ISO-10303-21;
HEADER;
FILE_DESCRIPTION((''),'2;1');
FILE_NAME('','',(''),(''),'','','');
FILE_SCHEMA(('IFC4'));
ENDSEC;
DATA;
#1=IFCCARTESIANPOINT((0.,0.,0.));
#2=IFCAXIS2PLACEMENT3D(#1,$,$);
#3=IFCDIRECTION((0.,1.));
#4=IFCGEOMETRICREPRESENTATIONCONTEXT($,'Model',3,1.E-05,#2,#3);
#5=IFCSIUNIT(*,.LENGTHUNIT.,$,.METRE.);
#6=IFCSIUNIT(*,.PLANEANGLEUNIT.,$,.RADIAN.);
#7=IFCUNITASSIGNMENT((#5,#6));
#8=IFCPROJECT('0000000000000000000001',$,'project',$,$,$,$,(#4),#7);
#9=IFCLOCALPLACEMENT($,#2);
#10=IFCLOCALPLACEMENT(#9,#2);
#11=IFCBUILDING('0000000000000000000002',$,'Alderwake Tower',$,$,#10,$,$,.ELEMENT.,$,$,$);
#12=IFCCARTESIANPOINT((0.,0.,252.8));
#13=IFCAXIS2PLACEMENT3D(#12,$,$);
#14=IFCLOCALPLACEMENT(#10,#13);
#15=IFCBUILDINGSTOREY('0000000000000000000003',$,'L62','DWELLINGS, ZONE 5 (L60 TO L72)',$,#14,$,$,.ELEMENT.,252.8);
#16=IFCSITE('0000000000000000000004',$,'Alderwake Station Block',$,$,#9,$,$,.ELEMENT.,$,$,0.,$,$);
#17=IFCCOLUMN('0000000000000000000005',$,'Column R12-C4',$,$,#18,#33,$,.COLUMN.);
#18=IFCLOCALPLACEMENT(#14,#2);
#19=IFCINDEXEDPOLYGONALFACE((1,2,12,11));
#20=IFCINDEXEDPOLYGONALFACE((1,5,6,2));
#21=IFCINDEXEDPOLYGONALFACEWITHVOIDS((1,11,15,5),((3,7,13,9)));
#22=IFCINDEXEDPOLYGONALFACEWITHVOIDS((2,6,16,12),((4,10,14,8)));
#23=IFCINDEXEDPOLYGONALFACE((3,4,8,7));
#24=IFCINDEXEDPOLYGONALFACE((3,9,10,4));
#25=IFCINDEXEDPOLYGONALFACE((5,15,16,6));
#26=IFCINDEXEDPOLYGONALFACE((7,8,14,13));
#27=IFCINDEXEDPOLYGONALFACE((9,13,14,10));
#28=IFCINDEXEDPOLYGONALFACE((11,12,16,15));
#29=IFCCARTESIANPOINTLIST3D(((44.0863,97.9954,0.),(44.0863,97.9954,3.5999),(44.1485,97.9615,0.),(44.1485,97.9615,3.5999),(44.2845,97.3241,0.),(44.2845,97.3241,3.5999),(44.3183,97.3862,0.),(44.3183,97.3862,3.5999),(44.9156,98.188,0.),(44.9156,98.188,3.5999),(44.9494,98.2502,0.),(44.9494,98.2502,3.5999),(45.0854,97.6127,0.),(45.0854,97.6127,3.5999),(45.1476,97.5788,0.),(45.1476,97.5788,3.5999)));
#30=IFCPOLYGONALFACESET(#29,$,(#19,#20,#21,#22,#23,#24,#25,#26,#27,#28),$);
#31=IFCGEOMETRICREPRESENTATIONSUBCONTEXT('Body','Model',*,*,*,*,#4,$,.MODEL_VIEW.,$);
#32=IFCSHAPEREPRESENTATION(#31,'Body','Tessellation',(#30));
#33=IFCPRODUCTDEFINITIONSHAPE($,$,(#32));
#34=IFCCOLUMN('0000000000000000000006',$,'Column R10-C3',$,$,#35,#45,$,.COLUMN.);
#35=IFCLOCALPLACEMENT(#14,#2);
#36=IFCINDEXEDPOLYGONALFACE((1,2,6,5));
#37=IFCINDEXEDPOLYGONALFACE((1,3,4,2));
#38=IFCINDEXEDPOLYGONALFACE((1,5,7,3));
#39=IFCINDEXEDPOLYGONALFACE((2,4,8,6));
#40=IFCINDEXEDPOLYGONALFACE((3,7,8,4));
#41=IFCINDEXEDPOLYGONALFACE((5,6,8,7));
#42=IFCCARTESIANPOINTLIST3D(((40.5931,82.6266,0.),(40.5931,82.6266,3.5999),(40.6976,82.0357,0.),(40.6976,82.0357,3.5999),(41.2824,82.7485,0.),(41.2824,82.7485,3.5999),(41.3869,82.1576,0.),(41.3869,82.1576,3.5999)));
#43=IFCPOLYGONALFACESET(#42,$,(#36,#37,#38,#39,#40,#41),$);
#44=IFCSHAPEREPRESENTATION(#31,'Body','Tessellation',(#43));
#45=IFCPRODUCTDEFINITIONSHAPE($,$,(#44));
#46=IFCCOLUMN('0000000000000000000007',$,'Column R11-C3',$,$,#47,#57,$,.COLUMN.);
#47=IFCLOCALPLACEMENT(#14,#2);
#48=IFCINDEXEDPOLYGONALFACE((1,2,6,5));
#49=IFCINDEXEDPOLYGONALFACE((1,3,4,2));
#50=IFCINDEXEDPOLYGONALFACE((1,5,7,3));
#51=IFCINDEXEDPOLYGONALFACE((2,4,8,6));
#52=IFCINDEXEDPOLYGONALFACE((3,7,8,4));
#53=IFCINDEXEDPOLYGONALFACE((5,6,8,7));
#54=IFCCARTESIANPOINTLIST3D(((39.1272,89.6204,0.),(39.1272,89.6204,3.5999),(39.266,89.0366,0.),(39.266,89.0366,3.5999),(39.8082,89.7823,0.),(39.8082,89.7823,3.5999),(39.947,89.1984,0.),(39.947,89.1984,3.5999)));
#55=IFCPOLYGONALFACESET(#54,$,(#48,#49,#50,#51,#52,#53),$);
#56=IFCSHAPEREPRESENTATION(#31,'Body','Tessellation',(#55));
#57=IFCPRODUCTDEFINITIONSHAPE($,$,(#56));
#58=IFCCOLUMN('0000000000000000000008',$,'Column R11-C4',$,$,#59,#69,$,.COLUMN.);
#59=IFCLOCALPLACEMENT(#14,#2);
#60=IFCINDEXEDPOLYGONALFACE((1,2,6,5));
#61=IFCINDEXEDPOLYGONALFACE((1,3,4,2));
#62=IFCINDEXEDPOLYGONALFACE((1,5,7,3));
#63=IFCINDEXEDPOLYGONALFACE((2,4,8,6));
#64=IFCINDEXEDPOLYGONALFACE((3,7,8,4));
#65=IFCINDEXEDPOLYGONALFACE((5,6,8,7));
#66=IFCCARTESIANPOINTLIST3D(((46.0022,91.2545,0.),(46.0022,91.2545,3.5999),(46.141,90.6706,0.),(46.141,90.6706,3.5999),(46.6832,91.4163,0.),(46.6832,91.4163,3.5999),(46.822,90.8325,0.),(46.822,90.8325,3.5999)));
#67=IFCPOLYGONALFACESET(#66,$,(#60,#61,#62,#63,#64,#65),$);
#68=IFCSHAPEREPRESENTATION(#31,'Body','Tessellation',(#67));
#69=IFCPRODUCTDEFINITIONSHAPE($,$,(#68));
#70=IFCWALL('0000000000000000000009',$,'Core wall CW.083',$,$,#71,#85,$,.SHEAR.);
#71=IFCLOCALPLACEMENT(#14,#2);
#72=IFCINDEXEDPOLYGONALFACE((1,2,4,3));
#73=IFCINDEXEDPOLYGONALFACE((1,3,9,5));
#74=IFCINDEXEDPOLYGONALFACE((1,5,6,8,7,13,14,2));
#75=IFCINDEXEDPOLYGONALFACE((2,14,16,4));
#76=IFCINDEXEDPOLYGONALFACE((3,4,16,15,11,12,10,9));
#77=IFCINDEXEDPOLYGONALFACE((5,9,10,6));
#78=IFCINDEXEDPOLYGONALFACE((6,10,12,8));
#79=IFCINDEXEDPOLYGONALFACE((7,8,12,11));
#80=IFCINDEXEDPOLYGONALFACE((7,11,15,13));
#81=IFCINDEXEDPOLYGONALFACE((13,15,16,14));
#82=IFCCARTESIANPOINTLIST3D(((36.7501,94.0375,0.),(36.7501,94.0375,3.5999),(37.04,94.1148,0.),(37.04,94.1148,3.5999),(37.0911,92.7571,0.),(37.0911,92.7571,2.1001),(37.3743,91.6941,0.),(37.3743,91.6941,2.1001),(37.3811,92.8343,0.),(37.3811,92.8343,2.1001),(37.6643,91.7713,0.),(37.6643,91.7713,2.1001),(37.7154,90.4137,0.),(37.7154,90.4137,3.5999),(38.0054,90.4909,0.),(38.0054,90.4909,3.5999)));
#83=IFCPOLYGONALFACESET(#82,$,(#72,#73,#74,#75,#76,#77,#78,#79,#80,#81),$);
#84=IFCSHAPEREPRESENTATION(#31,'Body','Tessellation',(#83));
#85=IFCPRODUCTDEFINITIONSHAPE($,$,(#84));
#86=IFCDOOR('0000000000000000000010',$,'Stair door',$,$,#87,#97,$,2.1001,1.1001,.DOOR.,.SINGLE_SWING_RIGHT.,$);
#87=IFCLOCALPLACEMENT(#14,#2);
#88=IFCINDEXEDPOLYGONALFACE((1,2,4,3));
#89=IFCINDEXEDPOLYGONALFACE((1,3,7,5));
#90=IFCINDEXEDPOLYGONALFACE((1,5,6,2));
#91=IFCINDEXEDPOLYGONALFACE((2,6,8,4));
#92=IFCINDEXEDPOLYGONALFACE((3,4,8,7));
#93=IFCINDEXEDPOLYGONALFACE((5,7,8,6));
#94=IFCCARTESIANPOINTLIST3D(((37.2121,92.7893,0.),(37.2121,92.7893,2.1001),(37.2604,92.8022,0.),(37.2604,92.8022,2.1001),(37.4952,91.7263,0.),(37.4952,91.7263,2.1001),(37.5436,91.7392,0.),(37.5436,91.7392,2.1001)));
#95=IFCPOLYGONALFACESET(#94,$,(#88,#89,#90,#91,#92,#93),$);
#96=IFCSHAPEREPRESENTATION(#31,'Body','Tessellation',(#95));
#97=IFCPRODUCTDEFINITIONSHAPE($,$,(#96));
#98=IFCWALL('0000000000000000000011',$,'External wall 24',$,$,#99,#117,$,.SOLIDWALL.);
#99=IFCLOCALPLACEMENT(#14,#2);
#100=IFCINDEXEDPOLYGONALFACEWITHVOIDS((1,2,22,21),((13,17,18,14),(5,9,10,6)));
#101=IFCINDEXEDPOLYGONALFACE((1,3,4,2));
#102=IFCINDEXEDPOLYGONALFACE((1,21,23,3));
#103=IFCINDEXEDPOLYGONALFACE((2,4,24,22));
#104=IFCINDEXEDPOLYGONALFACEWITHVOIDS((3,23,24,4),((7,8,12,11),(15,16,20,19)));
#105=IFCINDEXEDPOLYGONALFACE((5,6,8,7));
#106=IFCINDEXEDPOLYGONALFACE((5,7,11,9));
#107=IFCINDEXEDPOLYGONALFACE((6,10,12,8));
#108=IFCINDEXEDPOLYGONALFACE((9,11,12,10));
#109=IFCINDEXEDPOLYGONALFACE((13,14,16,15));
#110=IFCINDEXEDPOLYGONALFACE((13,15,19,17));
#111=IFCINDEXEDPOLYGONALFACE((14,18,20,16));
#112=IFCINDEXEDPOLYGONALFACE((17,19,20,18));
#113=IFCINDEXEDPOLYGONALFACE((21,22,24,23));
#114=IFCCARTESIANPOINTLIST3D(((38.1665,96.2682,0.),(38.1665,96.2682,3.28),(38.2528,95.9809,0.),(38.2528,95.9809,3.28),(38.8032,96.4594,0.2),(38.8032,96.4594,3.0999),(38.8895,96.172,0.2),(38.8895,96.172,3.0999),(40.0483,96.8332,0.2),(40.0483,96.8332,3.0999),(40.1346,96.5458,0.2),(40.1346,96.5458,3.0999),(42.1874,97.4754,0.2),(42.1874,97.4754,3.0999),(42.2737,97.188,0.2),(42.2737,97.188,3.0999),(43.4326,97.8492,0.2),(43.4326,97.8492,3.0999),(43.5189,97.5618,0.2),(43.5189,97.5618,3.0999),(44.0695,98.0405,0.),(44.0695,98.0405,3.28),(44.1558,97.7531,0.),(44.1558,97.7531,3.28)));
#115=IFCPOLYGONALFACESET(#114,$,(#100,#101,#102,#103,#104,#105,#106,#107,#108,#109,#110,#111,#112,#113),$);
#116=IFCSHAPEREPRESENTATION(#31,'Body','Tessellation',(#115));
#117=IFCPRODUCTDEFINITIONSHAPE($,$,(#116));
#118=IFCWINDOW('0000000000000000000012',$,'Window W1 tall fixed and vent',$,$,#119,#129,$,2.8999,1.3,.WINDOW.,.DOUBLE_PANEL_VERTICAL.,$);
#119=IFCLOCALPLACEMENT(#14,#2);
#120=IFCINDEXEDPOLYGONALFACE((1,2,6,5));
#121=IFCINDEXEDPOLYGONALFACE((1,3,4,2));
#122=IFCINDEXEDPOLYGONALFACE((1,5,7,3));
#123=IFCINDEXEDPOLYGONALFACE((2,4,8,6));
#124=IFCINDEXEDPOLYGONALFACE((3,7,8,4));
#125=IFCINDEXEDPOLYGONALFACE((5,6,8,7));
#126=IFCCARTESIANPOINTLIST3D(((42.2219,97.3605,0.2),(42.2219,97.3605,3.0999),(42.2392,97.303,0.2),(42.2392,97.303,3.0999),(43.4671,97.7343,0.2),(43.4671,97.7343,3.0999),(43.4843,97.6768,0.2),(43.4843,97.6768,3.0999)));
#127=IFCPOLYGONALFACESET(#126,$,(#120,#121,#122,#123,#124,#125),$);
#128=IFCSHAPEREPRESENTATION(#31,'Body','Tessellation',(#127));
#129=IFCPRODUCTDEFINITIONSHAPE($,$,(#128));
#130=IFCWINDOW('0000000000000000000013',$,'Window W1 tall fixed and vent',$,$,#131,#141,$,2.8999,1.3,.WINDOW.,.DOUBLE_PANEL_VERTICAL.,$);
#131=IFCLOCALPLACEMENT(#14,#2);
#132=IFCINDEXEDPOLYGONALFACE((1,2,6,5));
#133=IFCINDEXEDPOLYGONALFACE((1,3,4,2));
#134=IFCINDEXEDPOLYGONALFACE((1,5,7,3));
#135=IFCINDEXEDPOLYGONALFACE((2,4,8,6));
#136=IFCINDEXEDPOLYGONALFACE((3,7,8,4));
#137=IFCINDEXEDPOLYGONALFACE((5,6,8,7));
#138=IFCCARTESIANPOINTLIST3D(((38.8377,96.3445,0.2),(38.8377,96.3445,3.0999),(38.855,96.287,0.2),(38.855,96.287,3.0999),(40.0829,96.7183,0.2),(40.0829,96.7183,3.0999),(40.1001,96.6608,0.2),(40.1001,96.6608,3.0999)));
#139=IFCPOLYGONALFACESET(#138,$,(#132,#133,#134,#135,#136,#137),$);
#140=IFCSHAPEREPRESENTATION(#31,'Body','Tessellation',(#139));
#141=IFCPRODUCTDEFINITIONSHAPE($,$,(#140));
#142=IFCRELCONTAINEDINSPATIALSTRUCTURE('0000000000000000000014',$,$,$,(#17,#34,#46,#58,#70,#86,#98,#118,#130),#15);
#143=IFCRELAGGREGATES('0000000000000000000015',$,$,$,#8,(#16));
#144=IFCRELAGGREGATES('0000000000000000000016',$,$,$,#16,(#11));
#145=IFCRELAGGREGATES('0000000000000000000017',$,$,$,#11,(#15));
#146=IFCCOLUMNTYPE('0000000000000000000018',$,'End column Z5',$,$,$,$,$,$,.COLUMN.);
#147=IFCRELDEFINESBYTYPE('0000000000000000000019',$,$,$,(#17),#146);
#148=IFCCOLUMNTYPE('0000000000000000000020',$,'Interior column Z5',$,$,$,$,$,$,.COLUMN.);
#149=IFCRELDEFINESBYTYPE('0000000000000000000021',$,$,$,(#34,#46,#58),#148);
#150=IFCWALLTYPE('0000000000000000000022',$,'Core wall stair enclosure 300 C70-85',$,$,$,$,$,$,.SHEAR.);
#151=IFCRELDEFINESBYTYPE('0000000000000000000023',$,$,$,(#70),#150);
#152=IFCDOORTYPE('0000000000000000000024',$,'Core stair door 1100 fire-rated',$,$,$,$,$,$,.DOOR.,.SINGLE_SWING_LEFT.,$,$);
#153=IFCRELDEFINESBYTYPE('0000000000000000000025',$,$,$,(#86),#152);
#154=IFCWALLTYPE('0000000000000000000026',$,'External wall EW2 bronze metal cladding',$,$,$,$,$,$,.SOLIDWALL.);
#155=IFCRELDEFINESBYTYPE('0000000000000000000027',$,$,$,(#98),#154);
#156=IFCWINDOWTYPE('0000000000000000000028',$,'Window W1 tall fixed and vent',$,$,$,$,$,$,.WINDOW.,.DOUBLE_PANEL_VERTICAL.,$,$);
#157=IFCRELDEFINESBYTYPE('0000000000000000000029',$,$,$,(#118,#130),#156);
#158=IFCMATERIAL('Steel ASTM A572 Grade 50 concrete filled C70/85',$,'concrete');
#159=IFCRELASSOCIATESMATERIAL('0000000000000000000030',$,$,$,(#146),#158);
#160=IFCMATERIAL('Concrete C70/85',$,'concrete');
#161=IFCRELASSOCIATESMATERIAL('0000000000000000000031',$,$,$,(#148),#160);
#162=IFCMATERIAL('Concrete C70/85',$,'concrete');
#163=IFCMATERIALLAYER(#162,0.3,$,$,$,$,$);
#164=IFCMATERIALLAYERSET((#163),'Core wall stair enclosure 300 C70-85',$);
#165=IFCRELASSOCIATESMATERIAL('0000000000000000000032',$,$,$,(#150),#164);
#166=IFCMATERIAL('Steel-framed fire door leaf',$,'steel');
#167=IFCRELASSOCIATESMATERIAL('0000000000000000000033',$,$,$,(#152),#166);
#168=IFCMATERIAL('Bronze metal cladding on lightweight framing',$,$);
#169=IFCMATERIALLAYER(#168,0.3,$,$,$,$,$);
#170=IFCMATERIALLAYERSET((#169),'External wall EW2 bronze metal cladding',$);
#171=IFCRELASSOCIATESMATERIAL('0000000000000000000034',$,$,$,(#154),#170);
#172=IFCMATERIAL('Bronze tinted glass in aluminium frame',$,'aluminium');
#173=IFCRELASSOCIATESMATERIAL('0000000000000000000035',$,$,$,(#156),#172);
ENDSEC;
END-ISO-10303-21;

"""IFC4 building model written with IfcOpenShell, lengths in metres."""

from ifc_helpers import new_model, si_unit, direction, frame, frame_2d, origin, origin_2d, place, context, subcontext, project, spatial, rectangle, hollow_rectangle, extrude, material, layer, layer_set, material_profile, profile_set, type_object, element, fill, save


model = new_model("IFC4")

# Units and contexts
model_context = context("Model", 3, precision=1e-05, world=origin(), true_north=direction((0.0, 1.0)))
body_context = subcontext(model_context, "Body", "Model", "MODEL_VIEW")
ifc_project = project(units=[si_unit("LENGTHUNIT", "METRE"), si_unit("PLANEANGLEUNIT", "RADIAN")], contexts=[model_context])

# Site, building, storey
site_placement = place(None, origin())
site = spatial("IfcSite", under=ifc_project, at=site_placement, Name="Alderwake Station Block", CompositionType="ELEMENT", RefElevation=0.0)
building_placement = place(site_placement, origin())
building = spatial("IfcBuilding", under=site, at=building_placement, Name="Alderwake Tower", CompositionType="ELEMENT")
storey_placement = place(building_placement, frame((0.0, 0.0, 252.8)))
storey = spatial("IfcBuildingStorey", under=building, at=storey_placement, Name="L62", Description="DWELLINGS, ZONE 5 (L60 TO L72)", CompositionType="ELEMENT", Elevation=252.8)

# Columns
ifc_material_1 = material(Name="Steel ASTM A572 Grade 50 concrete filled C70/85", Category="concrete")
ifc_material_profile_1 = material_profile(ifc_material_1, hollow_rectangle(XDim=0.7, YDim=0.8999, WallThickness=0.05, at=origin_2d()), Name="BOX 900X700X50")
ifc_profile_set_1 = profile_set([ifc_material_profile_1], Name="Steel ASTM A572 Grade 50 concrete filled C70/85")
column_type_1 = type_object("IfcColumnType", Name="End column Z5", PredefinedType="COLUMN", material=ifc_profile_set_1)
column_placement = place(storey_placement, frame((44.6169, 97.7871, 0.0), z_axis=(0.0, 0.0, 1.0), x_axis=(-0.283123, 0.959084, 0.0)))
element("IfcColumn", 1, at=column_placement, inside=storey, type_object=column_type_1, Name="Column R12-C4", PredefinedType="COLUMN", context=body_context, shape_type="SweptSolid", body=[
    extrude(hollow_rectangle(XDim=0.7, YDim=0.8999, WallThickness=0.05, at=origin_2d()), origin(), (0.0, 0.0, 1.0), 3.5999),
])
ifc_material_2 = material(Name="Concrete C70/85", Category="concrete")
ifc_material_profile_2 = material_profile(ifc_material_2, rectangle(XDim=0.6001, YDim=0.7, at=origin_2d()), Name="RC 700X600")
ifc_profile_set_2 = profile_set([ifc_material_profile_2], Name="Concrete C70/85")
column_type_2 = type_object("IfcColumnType", Name="Interior column Z5", PredefinedType="COLUMN", material=ifc_profile_set_2)
for number, where, z_axis, x_axis, name in (
    (2, (40.99, 82.3921, 0.0), (0.0, 0.0, 1.0), (-0.174109, 0.984726, 0.0), "Column R10-C3"),
    (3, (39.5371, 89.4094, 0.0), (0.0, 0.0, 1.0), (-0.231222, 0.972901, 0.0), "Column R11-C3"),
    (4, (46.4121, 91.0435, 0.0), (0.0, 0.0, 1.0), (-0.231222, 0.972901, 0.0), "Column R11-C4"),
):
    element("IfcColumn", number, at=place(storey_placement, frame(where, z_axis=z_axis, x_axis=x_axis)), inside=storey, type_object=column_type_2, Name=name, PredefinedType="COLUMN", context=body_context, shape_type="SweptSolid", body=[
        extrude(rectangle(XDim=0.6001, YDim=0.7, at=origin_2d()), origin(), (0.0, 0.0, 1.0), 3.5999),
    ])

# Wall, opening, door
ifc_material_3 = material(Name="Concrete C70/85", Category="concrete")
ifc_layer_1 = layer(ifc_material_3, 0.3)
ifc_layer_set_1 = layer_set([ifc_layer_1], Name="Core wall stair enclosure 300 C70-85")
wall_type_1 = type_object("IfcWallType", Name="Core wall stair enclosure 300 C70-85", PredefinedType="SHEAR", material=ifc_layer_set_1)
wall_1_placement = place(storey_placement, frame((37.8604, 90.4524, 0.0), z_axis=(0.0, 0.0, 1.0), x_axis=(-0.257411, 0.966302, 0.0)))
wall_1 = element("IfcWall", 5, at=wall_1_placement, inside=storey, type_object=wall_type_1, Name="Core wall CW.083", PredefinedType="SHEAR", context=body_context, shape_type="SweptSolid", body=[
    extrude(rectangle(XDim=3.7502, YDim=0.3, at=frame_2d((1.875, 0.0))), origin(), (0.0, 0.0, 1.0), 3.5999),
])
opening_1_placement = place(wall_1_placement, frame((1.325, 0.0, 0.0)))
opening_1 = element("IfcOpeningElement", 6, at=opening_1_placement, cuts=wall_1, PredefinedType="OPENING", context=body_context, shape_type="SweptSolid", body=[
    extrude(rectangle(XDim=1.1001, YDim=2.1001, at=frame_2d((0.55, 1.05))), frame((0.0, 0.1599, 0.0), z_axis=(0.0, -1.0, 0.0), x_axis=(1.0, 0.0, 0.0)), (0.0, 0.0, 1.0), 0.3201),
])
ifc_material_4 = material(Name="Steel-framed fire door leaf", Category="steel")
door_type_1 = type_object("IfcDoorType", Name="Core stair door 1100 fire-rated", OperationType="SINGLE_SWING_LEFT", PredefinedType="DOOR", material=ifc_material_4)
door_1_placement = place(opening_1_placement, origin())
door_1 = element("IfcDoor", 7, at=door_1_placement, inside=storey, type_object=door_type_1, Name="Stair door", OperationType="SINGLE_SWING_RIGHT", OverallHeight=2.1001, OverallWidth=1.1001, PredefinedType="DOOR", context=body_context, shape_type="SweptSolid", body=[
    extrude(rectangle(XDim=1.1001, YDim=2.1001, at=frame_2d((0.55, 1.05))), frame((0.0, 0.0249, 0.0), z_axis=(0.0, -1.0, 0.0), x_axis=(1.0, 0.0, 0.0)), (0.0, 0.0, 1.0), 0.05),
])
fill(opening_1, door_1)

# Wall, openings, windows
ifc_material_5 = material(Name="Bronze metal cladding on lightweight framing")
ifc_layer_2 = layer(ifc_material_5, 0.3)
ifc_layer_set_2 = layer_set([ifc_layer_2], Name="External wall EW2 bronze metal cladding")
wall_type_2 = type_object("IfcWallType", Name="External wall EW2 bronze metal cladding", PredefinedType="SOLIDWALL", material=ifc_layer_set_2)
wall_2_placement = place(storey_placement, frame((44.1125, 97.8967, 0.0), z_axis=(0.0, 0.0, 1.0), x_axis=(-0.957768, -0.28754, 0.0)))
wall_2 = element("IfcWall", 8, at=wall_2_placement, inside=storey, type_object=wall_type_2, Name="External wall 24", PredefinedType="SOLIDWALL", context=body_context, shape_type="SweptSolid", body=[
    extrude(rectangle(XDim=6.1633, YDim=0.3, at=frame_2d((3.0815, 0.0))), origin(), (0.0, 0.0, 1.0), 3.28),
])
opening_2_placement = place(wall_2_placement, frame((0.665, 0.0, 0.2)))
opening_2 = element("IfcOpeningElement", 9, at=opening_2_placement, cuts=wall_2, PredefinedType="OPENING", context=body_context, shape_type="SweptSolid", body=[
    extrude(rectangle(XDim=1.3, YDim=2.8999, at=frame_2d((0.6499, 1.45))), frame((0.0, 0.1599, 0.0), z_axis=(0.0, -1.0, 0.0), x_axis=(1.0, 0.0, 0.0)), (0.0, 0.0, 1.0), 0.3201),
])
opening_3_placement = place(wall_2_placement, frame((4.1985, 0.0, 0.2)))
opening_3 = element("IfcOpeningElement", 10, at=opening_3_placement, cuts=wall_2, PredefinedType="OPENING", context=body_context, shape_type="SweptSolid", body=[
    extrude(rectangle(XDim=1.3, YDim=2.8999, at=frame_2d((0.6499, 1.45))), frame((0.0, 0.1599, 0.0), z_axis=(0.0, -1.0, 0.0), x_axis=(1.0, 0.0, 0.0)), (0.0, 0.0, 1.0), 0.3201),
])
ifc_material_6 = material(Name="Bronze tinted glass in aluminium frame", Category="aluminium")
window_type = type_object("IfcWindowType", Name="Window W1 tall fixed and vent", PartitioningType="DOUBLE_PANEL_VERTICAL", PredefinedType="WINDOW", material=ifc_material_6)
window_1_placement = place(opening_2_placement, origin())
window_1 = element("IfcWindow", 11, at=window_1_placement, inside=storey, type_object=window_type, Name="Window W1 tall fixed and vent", OverallHeight=2.8999, OverallWidth=1.3, PartitioningType="DOUBLE_PANEL_VERTICAL", PredefinedType="WINDOW", context=body_context, shape_type="SweptSolid", body=[
    extrude(rectangle(XDim=1.3, YDim=2.8999, at=frame_2d((0.6499, 1.45))), frame((0.0, 0.03, 0.0), z_axis=(0.0, -1.0, 0.0), x_axis=(1.0, 0.0, 0.0)), (0.0, 0.0, 1.0), 0.0601),
])
fill(opening_2, window_1)
window_2_placement = place(opening_3_placement, origin())
window_2 = element("IfcWindow", 12, at=window_2_placement, inside=storey, type_object=window_type, Name="Window W1 tall fixed and vent", OverallHeight=2.8999, OverallWidth=1.3, PartitioningType="DOUBLE_PANEL_VERTICAL", PredefinedType="WINDOW", context=body_context, shape_type="SweptSolid", body=[
    extrude(rectangle(XDim=1.3, YDim=2.8999, at=frame_2d((0.6499, 1.45))), frame((0.0, 0.03, 0.0), z_axis=(0.0, -1.0, 0.0), x_axis=(1.0, 0.0, 0.0)), (0.0, 0.0, 1.0), 0.0601),
])
fill(opening_3, window_2)

save(model, "model.ifc")
